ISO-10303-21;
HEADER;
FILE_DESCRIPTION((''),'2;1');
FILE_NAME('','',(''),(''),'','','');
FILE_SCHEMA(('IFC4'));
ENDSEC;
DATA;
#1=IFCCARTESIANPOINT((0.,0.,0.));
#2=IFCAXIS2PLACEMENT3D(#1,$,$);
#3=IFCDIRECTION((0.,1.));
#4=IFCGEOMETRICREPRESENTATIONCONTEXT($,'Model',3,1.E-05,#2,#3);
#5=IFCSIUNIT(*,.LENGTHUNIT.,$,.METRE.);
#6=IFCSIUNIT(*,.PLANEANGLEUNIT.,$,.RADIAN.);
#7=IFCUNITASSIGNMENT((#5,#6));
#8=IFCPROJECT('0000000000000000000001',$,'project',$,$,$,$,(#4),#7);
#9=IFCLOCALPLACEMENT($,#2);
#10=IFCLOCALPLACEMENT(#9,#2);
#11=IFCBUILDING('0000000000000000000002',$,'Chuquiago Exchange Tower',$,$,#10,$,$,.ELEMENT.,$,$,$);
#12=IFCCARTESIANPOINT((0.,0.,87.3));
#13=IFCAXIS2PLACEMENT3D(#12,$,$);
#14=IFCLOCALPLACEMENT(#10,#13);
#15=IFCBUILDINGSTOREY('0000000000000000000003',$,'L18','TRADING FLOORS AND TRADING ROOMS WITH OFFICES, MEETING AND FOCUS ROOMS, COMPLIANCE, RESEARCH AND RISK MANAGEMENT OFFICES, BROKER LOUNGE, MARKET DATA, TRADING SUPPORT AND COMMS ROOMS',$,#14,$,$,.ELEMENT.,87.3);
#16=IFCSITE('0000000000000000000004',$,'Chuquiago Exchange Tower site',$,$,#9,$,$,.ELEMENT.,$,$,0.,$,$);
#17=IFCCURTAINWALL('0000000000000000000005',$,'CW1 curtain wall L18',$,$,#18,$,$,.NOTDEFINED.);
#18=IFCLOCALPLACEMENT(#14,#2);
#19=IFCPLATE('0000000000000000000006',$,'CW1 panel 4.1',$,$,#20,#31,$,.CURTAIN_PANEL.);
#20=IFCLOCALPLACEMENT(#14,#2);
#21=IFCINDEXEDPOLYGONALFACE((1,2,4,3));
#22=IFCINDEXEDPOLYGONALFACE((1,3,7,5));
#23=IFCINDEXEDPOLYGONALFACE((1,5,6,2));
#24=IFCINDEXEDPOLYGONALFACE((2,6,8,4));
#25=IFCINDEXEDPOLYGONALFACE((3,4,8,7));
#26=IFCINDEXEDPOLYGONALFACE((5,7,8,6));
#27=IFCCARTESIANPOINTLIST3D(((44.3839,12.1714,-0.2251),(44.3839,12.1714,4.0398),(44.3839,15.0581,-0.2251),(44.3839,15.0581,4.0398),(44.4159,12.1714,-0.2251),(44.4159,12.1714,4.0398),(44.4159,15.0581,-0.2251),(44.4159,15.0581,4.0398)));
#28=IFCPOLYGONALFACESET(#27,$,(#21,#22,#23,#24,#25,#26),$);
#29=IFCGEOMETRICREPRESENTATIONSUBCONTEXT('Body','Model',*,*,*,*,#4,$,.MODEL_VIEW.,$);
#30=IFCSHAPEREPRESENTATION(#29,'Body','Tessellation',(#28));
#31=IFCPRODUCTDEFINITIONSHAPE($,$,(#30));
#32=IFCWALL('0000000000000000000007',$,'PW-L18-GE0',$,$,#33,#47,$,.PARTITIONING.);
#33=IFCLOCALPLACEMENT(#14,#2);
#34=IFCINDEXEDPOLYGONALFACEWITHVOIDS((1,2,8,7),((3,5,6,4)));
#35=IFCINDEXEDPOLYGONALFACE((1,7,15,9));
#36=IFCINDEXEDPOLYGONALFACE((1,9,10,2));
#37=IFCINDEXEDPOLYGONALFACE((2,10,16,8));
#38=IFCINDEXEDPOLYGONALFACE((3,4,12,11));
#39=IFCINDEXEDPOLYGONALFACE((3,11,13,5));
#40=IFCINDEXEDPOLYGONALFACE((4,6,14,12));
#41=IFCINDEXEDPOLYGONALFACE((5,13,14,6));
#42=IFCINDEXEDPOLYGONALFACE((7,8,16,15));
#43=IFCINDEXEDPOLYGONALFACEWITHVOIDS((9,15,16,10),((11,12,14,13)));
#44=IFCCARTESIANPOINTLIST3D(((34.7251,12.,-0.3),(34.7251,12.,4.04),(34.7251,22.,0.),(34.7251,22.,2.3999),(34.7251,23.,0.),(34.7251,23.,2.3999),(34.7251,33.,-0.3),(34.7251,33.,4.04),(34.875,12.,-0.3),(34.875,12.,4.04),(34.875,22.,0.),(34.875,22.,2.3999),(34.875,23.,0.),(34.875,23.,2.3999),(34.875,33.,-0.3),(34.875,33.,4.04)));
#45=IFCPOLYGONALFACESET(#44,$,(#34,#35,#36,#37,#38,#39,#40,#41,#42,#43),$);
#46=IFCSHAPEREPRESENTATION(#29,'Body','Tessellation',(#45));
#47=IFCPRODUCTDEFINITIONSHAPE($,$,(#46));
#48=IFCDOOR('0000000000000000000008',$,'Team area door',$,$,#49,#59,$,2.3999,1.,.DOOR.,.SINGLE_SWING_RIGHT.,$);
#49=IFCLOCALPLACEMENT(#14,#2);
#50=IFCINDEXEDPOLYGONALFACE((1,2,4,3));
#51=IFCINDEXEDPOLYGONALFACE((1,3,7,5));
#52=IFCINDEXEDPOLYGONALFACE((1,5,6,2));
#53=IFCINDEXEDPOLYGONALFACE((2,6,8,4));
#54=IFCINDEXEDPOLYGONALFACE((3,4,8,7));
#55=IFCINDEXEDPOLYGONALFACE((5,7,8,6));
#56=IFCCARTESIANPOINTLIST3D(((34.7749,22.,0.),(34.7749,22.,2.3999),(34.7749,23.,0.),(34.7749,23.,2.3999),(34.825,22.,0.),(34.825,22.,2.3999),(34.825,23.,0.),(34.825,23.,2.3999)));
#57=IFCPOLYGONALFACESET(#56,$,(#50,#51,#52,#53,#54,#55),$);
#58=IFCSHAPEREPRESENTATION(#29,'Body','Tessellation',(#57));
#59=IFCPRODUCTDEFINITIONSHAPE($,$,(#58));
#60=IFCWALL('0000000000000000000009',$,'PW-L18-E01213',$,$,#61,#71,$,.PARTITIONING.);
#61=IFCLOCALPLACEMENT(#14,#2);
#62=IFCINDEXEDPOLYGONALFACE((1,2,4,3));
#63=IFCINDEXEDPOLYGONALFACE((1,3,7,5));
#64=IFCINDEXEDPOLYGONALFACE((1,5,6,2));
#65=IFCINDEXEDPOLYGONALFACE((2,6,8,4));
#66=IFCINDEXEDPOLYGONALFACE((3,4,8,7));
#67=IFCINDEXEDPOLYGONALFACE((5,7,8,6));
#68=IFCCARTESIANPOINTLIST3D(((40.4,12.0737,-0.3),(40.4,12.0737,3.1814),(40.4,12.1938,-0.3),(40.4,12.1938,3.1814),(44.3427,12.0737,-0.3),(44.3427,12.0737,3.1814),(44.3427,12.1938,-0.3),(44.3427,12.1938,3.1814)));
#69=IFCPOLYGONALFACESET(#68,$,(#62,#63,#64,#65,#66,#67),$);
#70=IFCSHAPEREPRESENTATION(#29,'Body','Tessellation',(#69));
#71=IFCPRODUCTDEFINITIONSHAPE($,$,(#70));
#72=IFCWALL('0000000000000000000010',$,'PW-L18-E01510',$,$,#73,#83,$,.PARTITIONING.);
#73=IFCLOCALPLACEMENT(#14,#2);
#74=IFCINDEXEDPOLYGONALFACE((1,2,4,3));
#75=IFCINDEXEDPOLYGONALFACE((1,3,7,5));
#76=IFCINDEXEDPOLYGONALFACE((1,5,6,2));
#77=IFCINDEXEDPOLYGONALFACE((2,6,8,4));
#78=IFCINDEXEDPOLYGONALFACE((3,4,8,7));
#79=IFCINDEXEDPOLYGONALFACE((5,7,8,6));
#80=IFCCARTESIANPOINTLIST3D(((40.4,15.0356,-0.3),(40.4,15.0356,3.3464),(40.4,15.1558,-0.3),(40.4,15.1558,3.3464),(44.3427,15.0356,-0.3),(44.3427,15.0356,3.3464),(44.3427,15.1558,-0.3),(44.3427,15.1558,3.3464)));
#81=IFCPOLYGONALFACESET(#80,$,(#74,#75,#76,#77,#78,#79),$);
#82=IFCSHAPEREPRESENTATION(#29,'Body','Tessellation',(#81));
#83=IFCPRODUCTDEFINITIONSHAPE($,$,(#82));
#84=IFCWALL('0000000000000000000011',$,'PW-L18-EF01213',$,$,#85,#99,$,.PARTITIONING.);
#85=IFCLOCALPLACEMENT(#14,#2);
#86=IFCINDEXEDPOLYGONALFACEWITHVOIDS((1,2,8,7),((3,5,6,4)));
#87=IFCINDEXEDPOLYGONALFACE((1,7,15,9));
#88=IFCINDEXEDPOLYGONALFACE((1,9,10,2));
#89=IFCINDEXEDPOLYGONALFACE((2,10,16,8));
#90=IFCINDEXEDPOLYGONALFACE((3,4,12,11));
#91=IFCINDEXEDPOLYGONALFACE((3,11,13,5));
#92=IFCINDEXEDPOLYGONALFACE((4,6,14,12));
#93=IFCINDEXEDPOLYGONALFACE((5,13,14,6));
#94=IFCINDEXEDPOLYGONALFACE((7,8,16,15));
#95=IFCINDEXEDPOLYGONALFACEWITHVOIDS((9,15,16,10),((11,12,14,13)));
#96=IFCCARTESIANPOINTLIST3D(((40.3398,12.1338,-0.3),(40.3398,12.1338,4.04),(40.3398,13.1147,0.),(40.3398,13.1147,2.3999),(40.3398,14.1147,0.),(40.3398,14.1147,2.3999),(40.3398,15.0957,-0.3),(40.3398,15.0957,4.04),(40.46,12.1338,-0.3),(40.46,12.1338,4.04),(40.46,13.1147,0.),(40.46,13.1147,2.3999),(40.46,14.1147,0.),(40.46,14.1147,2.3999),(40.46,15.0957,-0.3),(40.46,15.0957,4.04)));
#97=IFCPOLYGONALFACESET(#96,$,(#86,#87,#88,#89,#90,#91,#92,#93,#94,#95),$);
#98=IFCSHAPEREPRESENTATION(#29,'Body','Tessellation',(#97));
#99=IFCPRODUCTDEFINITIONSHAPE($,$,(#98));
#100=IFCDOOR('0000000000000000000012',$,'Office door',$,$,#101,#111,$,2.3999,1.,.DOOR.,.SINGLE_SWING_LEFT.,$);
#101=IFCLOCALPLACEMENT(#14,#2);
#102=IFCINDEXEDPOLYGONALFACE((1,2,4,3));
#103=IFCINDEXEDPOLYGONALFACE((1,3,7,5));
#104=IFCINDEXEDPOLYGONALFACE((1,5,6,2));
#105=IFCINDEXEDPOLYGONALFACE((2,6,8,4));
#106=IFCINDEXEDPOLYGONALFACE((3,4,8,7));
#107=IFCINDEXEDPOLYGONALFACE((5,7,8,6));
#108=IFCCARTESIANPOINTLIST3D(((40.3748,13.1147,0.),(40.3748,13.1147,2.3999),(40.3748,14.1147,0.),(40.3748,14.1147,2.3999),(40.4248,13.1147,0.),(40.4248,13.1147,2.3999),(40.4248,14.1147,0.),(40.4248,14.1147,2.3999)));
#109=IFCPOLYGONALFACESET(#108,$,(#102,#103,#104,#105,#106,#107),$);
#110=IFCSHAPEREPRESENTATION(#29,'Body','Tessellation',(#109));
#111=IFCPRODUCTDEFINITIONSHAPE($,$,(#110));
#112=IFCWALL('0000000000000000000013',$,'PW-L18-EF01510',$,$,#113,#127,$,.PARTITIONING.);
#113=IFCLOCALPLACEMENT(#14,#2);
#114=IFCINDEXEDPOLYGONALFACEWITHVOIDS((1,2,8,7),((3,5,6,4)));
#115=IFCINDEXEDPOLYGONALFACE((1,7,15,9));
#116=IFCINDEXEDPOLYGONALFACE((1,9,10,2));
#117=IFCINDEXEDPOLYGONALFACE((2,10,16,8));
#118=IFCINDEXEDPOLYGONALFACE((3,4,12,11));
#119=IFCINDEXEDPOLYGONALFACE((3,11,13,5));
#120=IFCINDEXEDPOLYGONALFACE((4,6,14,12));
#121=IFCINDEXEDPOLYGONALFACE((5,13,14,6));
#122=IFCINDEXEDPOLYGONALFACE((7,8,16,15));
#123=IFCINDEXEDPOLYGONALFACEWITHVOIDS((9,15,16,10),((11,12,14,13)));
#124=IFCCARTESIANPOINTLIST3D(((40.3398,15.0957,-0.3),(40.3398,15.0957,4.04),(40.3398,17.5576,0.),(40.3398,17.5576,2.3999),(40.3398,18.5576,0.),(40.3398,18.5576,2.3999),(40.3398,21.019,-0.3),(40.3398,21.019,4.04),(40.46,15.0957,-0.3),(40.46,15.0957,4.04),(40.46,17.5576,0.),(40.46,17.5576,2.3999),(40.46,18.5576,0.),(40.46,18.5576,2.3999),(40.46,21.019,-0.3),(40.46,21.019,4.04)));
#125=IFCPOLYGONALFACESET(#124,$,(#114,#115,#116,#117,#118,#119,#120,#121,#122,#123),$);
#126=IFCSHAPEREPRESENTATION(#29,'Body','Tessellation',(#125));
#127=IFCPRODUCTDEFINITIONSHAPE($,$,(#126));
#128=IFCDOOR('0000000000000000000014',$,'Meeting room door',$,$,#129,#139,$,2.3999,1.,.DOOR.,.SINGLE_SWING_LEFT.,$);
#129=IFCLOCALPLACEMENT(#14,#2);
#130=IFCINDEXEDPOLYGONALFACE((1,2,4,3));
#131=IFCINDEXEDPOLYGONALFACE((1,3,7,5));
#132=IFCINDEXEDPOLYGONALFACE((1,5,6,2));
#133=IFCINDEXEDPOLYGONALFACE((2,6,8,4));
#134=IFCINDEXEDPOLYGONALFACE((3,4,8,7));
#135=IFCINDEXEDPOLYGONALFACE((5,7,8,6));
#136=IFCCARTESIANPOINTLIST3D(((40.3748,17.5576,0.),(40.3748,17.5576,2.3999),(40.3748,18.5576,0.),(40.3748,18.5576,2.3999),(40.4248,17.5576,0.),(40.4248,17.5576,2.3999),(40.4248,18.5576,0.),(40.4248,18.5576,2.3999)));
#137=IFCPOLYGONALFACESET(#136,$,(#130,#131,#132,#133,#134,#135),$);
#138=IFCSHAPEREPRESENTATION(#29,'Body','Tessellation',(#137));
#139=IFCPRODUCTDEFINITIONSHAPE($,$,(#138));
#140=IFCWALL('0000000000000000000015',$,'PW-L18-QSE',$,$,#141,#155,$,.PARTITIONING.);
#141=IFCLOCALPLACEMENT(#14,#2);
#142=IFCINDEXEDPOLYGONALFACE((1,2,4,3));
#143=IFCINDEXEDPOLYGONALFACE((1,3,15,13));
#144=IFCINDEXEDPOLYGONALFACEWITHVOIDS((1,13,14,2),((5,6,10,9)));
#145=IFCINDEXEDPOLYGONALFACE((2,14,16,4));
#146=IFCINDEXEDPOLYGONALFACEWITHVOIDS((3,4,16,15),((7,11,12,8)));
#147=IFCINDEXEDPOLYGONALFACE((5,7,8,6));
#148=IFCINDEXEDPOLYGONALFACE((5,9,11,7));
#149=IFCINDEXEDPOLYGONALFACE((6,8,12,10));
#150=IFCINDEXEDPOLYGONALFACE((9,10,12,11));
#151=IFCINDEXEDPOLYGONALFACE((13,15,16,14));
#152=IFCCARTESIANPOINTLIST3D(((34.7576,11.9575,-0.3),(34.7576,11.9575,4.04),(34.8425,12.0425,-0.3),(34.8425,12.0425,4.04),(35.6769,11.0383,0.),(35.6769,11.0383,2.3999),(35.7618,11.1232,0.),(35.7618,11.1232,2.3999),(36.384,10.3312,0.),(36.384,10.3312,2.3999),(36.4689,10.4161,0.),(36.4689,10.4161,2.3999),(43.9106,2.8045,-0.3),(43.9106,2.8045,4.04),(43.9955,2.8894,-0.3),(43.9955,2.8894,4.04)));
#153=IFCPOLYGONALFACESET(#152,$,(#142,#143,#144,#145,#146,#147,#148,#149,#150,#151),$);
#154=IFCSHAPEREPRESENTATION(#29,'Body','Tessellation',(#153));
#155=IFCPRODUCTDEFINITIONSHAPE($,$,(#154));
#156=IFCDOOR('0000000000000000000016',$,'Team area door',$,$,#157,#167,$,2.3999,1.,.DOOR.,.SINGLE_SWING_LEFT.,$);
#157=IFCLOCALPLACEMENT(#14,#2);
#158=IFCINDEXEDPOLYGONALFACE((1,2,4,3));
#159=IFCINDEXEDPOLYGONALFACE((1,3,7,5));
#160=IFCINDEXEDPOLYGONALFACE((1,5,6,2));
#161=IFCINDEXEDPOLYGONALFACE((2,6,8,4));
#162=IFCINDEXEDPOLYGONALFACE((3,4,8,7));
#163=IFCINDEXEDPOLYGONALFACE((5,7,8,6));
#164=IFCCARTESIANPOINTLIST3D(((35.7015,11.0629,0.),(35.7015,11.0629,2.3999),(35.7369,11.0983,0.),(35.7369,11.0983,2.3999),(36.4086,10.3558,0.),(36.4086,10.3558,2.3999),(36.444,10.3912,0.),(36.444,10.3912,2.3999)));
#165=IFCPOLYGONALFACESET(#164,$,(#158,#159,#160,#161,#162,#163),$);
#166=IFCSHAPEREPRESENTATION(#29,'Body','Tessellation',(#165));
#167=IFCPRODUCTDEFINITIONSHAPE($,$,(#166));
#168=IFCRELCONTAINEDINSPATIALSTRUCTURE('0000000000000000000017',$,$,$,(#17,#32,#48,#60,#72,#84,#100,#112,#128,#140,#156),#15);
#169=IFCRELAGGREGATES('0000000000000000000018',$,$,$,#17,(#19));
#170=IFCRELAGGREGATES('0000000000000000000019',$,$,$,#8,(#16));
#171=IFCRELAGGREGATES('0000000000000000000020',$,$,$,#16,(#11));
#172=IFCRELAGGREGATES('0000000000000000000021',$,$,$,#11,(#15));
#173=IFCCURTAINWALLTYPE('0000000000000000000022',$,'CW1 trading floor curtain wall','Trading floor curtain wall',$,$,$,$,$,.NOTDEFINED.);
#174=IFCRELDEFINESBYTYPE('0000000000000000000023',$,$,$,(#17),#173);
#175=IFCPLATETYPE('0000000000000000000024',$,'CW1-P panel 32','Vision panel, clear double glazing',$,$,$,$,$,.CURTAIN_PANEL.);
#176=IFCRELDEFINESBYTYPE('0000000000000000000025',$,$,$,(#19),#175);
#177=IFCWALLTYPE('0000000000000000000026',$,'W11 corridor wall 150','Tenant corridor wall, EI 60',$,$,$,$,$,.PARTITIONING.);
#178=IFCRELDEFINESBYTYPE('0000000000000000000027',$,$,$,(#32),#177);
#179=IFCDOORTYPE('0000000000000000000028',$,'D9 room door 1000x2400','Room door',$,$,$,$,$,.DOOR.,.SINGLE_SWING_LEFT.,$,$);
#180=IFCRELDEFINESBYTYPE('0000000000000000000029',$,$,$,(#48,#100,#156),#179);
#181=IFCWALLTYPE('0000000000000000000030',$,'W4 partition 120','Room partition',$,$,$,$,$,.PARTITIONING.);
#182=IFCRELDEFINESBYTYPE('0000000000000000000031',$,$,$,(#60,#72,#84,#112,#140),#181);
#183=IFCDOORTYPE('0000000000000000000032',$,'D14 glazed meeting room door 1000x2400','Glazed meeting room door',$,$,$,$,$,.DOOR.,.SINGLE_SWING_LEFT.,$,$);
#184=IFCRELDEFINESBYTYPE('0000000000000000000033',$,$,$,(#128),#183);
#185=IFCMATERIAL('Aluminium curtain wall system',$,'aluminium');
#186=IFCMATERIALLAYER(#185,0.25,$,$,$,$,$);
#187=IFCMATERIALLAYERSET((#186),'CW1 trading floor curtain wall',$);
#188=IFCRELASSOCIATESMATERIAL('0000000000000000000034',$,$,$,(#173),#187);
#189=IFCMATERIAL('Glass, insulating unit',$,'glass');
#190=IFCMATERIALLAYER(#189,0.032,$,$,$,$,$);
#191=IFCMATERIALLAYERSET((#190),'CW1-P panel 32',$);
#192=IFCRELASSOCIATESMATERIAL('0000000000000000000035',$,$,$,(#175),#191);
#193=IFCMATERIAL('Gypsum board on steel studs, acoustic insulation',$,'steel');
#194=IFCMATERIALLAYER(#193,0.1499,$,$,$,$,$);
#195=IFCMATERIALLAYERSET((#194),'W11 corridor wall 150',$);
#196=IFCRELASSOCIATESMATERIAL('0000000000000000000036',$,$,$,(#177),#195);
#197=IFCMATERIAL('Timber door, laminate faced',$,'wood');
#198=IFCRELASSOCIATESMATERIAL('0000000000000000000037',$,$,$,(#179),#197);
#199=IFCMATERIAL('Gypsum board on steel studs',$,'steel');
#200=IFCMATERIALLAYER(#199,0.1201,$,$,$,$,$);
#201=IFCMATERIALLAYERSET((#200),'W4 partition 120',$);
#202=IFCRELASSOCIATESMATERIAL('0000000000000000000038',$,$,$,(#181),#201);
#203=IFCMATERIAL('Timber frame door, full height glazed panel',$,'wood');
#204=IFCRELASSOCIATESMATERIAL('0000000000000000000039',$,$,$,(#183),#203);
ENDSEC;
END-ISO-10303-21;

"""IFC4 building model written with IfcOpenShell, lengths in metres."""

from ifc_helpers import new_model, si_unit, direction, frame, frame_2d, origin, origin_2d, place, context, subcontext, project, spatial, rectangle, extrude, material, layer, layer_set, type_object, element, fill, aggregate, save


model = new_model("IFC4")

# Units and contexts
model_context = context("Model", 3, precision=1e-05, world=origin(), true_north=direction((0.0, 1.0)))
body_context = subcontext(model_context, "Body", "Model", "MODEL_VIEW")
ifc_project = project(units=[si_unit("LENGTHUNIT", "METRE"), si_unit("PLANEANGLEUNIT", "RADIAN")], contexts=[model_context])

# Site, building, storey
site_placement = place(None, origin())
site = spatial("IfcSite", under=ifc_project, at=site_placement, Name="Chuquiago Exchange Tower site", CompositionType="ELEMENT", RefElevation=0.0)
building_placement = place(site_placement, origin())
building = spatial("IfcBuilding", under=site, at=building_placement, Name="Chuquiago Exchange Tower", CompositionType="ELEMENT")
storey_placement = place(building_placement, frame((0.0, 0.0, 87.3)))
storey = spatial("IfcBuildingStorey", under=building, at=storey_placement, Name="L18", Description="TRADING FLOORS AND TRADING ROOMS WITH OFFICES, MEETING AND FOCUS ROOMS, COMPLIANCE, RESEARCH AND RISK MANAGEMENT OFFICES, BROKER LOUNGE, MARKET DATA, TRADING SUPPORT AND COMMS ROOMS", CompositionType="ELEMENT", Elevation=87.3)

# Curtain wall
ifc_material_1 = material(Name="Aluminium curtain wall system", Category="aluminium")
ifc_layer_1 = layer(ifc_material_1, 0.25)
ifc_layer_set_1 = layer_set([ifc_layer_1], Name="CW1 trading floor curtain wall")
curtain_wall_type = type_object("IfcCurtainWallType", Name="CW1 trading floor curtain wall", Description="Trading floor curtain wall", PredefinedType="NOTDEFINED", material=ifc_layer_set_1)
curtain_wall_placement = place(storey_placement, origin())
curtain_wall = element("IfcCurtainWall", 1, at=curtain_wall_placement, inside=storey, type_object=curtain_wall_type, Name="CW1 curtain wall L18", PredefinedType="NOTDEFINED")

# Plate
ifc_material_2 = material(Name="Glass, insulating unit", Category="glass")
ifc_layer_2 = layer(ifc_material_2, 0.032)
ifc_layer_set_2 = layer_set([ifc_layer_2], Name="CW1-P panel 32")
plate_type = type_object("IfcPlateType", Name="CW1-P panel 32", Description="Vision panel, clear double glazing", PredefinedType="CURTAIN_PANEL", material=ifc_layer_set_2)
plate_1_placement = place(storey_placement, frame((44.3999, 13.6147, -0.2251), z_axis=(0.0, 0.0, 1.0), x_axis=(0.0, 1.0, 0.0)))
plate_1 = element("IfcPlate", 2, at=plate_1_placement, type_object=plate_type, Name="CW1 panel 4.1", PredefinedType="CURTAIN_PANEL", context=body_context, shape_type="SweptSolid", body=[
    extrude(rectangle(XDim=2.8867, YDim=0.032, at=origin_2d()), origin(), (0.0, 0.0, 1.0), 4.2649),
])
aggregate(curtain_wall, [plate_1])

# Wall, opening, door
ifc_material_3 = material(Name="Gypsum board on steel studs, acoustic insulation", Category="steel")
ifc_layer_3 = layer(ifc_material_3, 0.1499)
ifc_layer_set_3 = layer_set([ifc_layer_3], Name="W11 corridor wall 150")
wall_type_1 = type_object("IfcWallType", Name="W11 corridor wall 150", Description="Tenant corridor wall, EI 60", PredefinedType="PARTITIONING", material=ifc_layer_set_3)
wall_1_placement = place(storey_placement, frame((34.8, 12.0, -0.3), z_axis=(0.0, 0.0, 1.0), x_axis=(0.0, 1.0, 0.0)))
wall_1 = element("IfcWall", 3, at=wall_1_placement, inside=storey, type_object=wall_type_1, Name="PW-L18-GE0", PredefinedType="PARTITIONING", context=body_context, shape_type="SweptSolid", body=[
    extrude(rectangle(XDim=21.0, YDim=0.1499, at=frame_2d((10.5, 0.0))), origin(), (0.0, 0.0, 1.0), 4.3401),
])
opening_1_placement = place(wall_1_placement, frame((10.0, 0.0, 0.3)))
opening_1 = element("IfcOpeningElement", 4, at=opening_1_placement, cuts=wall_1, PredefinedType="OPENING", context=body_context, shape_type="SweptSolid", body=[
    extrude(rectangle(XDim=1.0, YDim=2.3999, at=frame_2d((0.5, 1.2))), frame((0.0, 0.085, 0.0), z_axis=(0.0, -1.0, 0.0), x_axis=(1.0, 0.0, 0.0)), (0.0, 0.0, 1.0), 0.1699),
])
ifc_material_4 = material(Name="Timber door, laminate faced", Category="wood")
door_type_1 = type_object("IfcDoorType", Name="D9 room door 1000x2400", Description="Room door", OperationType="SINGLE_SWING_LEFT", PredefinedType="DOOR", material=ifc_material_4)
door_1_placement = place(opening_1_placement, frame((1.0, 0.0, 0.0), z_axis=(0.0, 0.0, 1.0), x_axis=(-1.0, 0.0, 0.0)))
door_1 = element("IfcDoor", 5, at=door_1_placement, inside=storey, type_object=door_type_1, Name="Team area door", OperationType="SINGLE_SWING_RIGHT", OverallHeight=2.3999, OverallWidth=1.0, PredefinedType="DOOR", context=body_context, shape_type="SweptSolid", body=[
    extrude(rectangle(XDim=1.0, YDim=2.3999, at=frame_2d((0.5, 1.2))), frame((0.0, 0.0249, 0.0), z_axis=(0.0, -1.0, 0.0), x_axis=(1.0, 0.0, 0.0)), (0.0, 0.0, 1.0), 0.05),
])
fill(opening_1, door_1)

# Walls
ifc_material_5 = material(Name="Gypsum board on steel studs", Category="steel")
ifc_layer_4 = layer(ifc_material_5, 0.1201)
ifc_layer_set_4 = layer_set([ifc_layer_4], Name="W4 partition 120")
wall_type_2 = type_object("IfcWallType", Name="W4 partition 120", Description="Room partition", PredefinedType="PARTITIONING", material=ifc_layer_set_4)
wall_2_placement = place(storey_placement, frame((44.3425, 12.1338, -0.3), z_axis=(0.0, 0.0, 1.0), x_axis=(-1.0, 0.0, 0.0)))
element("IfcWall", 6, at=wall_2_placement, inside=storey, type_object=wall_type_2, Name="PW-L18-E01213", PredefinedType="PARTITIONING", context=body_context, shape_type="SweptSolid", body=[
    extrude(rectangle(XDim=3.9426, YDim=0.1201, at=frame_2d((1.9712, 0.0))), origin(), (0.0, 0.0, 1.0), 3.4814),
])
wall_3_placement = place(storey_placement, frame((44.3425, 15.0957, -0.3), z_axis=(0.0, 0.0, 1.0), x_axis=(-1.0, 0.0, 0.0)))
element("IfcWall", 7, at=wall_3_placement, inside=storey, type_object=wall_type_2, Name="PW-L18-E01510", PredefinedType="PARTITIONING", context=body_context, shape_type="SweptSolid", body=[
    extrude(rectangle(XDim=3.9426, YDim=0.1201, at=frame_2d((1.9712, 0.0))), origin(), (0.0, 0.0, 1.0), 3.6465),
])

# Walls, openings, doors
wall_4_placement = place(storey_placement, frame((40.3999, 12.1338, -0.3), z_axis=(0.0, 0.0, 1.0), x_axis=(0.0, 1.0, 0.0)))
wall_4 = element("IfcWall", 8, at=wall_4_placement, inside=storey, type_object=wall_type_2, Name="PW-L18-EF01213", PredefinedType="PARTITIONING", context=body_context, shape_type="SweptSolid", body=[
    extrude(rectangle(XDim=2.9619, YDim=0.1201, at=frame_2d((1.481, 0.0))), origin(), (0.0, 0.0, 1.0), 4.3401),
])
opening_2_placement = place(wall_4_placement, frame((0.981, 0.0, 0.3)))
opening_2 = element("IfcOpeningElement", 9, at=opening_2_placement, cuts=wall_4, PredefinedType="OPENING", context=body_context, shape_type="SweptSolid", body=[
    extrude(rectangle(XDim=1.0, YDim=2.3999, at=frame_2d((0.5, 1.2))), frame((0.0, 0.0701, 0.0), z_axis=(0.0, -1.0, 0.0), x_axis=(1.0, 0.0, 0.0)), (0.0, 0.0, 1.0), 0.1401),
])
door_2_placement = place(opening_2_placement, frame((1.0, 0.0, 0.0), z_axis=(0.0, 0.0, 1.0), x_axis=(-1.0, 0.0, 0.0)))
door_2 = element("IfcDoor", 10, at=door_2_placement, inside=storey, type_object=door_type_1, Name="Office door", OperationType="SINGLE_SWING_LEFT", OverallHeight=2.3999, OverallWidth=1.0, PredefinedType="DOOR", context=body_context, shape_type="SweptSolid", body=[
    extrude(rectangle(XDim=1.0, YDim=2.3999, at=frame_2d((0.5, 1.2))), frame((0.0, 0.0249, 0.0), z_axis=(0.0, -1.0, 0.0), x_axis=(1.0, 0.0, 0.0)), (0.0, 0.0, 1.0), 0.05),
])
fill(opening_2, door_2)
wall_5_placement = place(storey_placement, frame((40.3999, 15.0957, -0.3), z_axis=(0.0, 0.0, 1.0), x_axis=(0.0, 1.0, 0.0)))
wall_5 = element("IfcWall", 11, at=wall_5_placement, inside=storey, type_object=wall_type_2, Name="PW-L18-EF01510", PredefinedType="PARTITIONING", context=body_context, shape_type="SweptSolid", body=[
    extrude(rectangle(XDim=5.9233, YDim=0.1201, at=frame_2d((2.9617, 0.0))), origin(), (0.0, 0.0, 1.0), 4.3401),
])
opening_3_placement = place(wall_5_placement, frame((2.4619, 0.0, 0.3)))
opening_3 = element("IfcOpeningElement", 12, at=opening_3_placement, cuts=wall_5, PredefinedType="OPENING", context=body_context, shape_type="SweptSolid", body=[
    extrude(rectangle(XDim=1.0, YDim=2.3999, at=frame_2d((0.5, 1.2))), frame((0.0, 0.0701, 0.0), z_axis=(0.0, -1.0, 0.0), x_axis=(1.0, 0.0, 0.0)), (0.0, 0.0, 1.0), 0.1401),
])
ifc_material_6 = material(Name="Timber frame door, full height glazed panel", Category="wood")
door_type_2 = type_object("IfcDoorType", Name="D14 glazed meeting room door 1000x2400", Description="Glazed meeting room door", OperationType="SINGLE_SWING_LEFT", PredefinedType="DOOR", material=ifc_material_6)
door_3_placement = place(opening_3_placement, frame((1.0, 0.0, 0.0), z_axis=(0.0, 0.0, 1.0), x_axis=(-1.0, 0.0, 0.0)))
door_3 = element("IfcDoor", 13, at=door_3_placement, inside=storey, type_object=door_type_2, Name="Meeting room door", OperationType="SINGLE_SWING_LEFT", OverallHeight=2.3999, OverallWidth=1.0, PredefinedType="DOOR", context=body_context, shape_type="SweptSolid", body=[
    extrude(rectangle(XDim=1.0, YDim=2.3999, at=frame_2d((0.5, 1.2))), frame((0.0, 0.0249, 0.0), z_axis=(0.0, -1.0, 0.0), x_axis=(1.0, 0.0, 0.0)), (0.0, 0.0, 1.0), 0.05),
])
fill(opening_3, door_3)
wall_6_placement = place(storey_placement, frame((34.8, 12.0, -0.3), z_axis=(0.0, 0.0, 1.0), x_axis=(0.707107, -0.707107, 0.0)))
wall_6 = element("IfcWall", 14, at=wall_6_placement, inside=storey, type_object=wall_type_2, Name="PW-L18-QSE", PredefinedType="PARTITIONING", context=body_context, shape_type="SweptSolid", body=[
    extrude(rectangle(XDim=12.9443, YDim=0.1201, at=frame_2d((6.4722, 0.0))), origin(), (0.0, 0.0, 1.0), 4.3401),
])
opening_4_placement = place(wall_6_placement, frame((1.3, 0.0, 0.3)))
opening_4 = element("IfcOpeningElement", 15, at=opening_4_placement, cuts=wall_6, PredefinedType="OPENING", context=body_context, shape_type="SweptSolid", body=[
    extrude(rectangle(XDim=1.0, YDim=2.3999, at=frame_2d((0.5, 1.2))), frame((0.0, 0.0701, 0.0), z_axis=(0.0, -1.0, 0.0), x_axis=(1.0, 0.0, 0.0)), (0.0, 0.0, 1.0), 0.1401),
])
door_4_placement = place(opening_4_placement, origin())
door_4 = element("IfcDoor", 16, at=door_4_placement, inside=storey, type_object=door_type_1, Name="Team area door", OperationType="SINGLE_SWING_LEFT", OverallHeight=2.3999, OverallWidth=1.0, PredefinedType="DOOR", context=body_context, shape_type="SweptSolid", body=[
    extrude(rectangle(XDim=1.0, YDim=2.3999, at=frame_2d((0.5, 1.2))), frame((0.0, 0.0249, 0.0), z_axis=(0.0, -1.0, 0.0), x_axis=(1.0, 0.0, 0.0)), (0.0, 0.0, 1.0), 0.05),
])
fill(opening_4, door_4)

save(model, "model.ifc")
